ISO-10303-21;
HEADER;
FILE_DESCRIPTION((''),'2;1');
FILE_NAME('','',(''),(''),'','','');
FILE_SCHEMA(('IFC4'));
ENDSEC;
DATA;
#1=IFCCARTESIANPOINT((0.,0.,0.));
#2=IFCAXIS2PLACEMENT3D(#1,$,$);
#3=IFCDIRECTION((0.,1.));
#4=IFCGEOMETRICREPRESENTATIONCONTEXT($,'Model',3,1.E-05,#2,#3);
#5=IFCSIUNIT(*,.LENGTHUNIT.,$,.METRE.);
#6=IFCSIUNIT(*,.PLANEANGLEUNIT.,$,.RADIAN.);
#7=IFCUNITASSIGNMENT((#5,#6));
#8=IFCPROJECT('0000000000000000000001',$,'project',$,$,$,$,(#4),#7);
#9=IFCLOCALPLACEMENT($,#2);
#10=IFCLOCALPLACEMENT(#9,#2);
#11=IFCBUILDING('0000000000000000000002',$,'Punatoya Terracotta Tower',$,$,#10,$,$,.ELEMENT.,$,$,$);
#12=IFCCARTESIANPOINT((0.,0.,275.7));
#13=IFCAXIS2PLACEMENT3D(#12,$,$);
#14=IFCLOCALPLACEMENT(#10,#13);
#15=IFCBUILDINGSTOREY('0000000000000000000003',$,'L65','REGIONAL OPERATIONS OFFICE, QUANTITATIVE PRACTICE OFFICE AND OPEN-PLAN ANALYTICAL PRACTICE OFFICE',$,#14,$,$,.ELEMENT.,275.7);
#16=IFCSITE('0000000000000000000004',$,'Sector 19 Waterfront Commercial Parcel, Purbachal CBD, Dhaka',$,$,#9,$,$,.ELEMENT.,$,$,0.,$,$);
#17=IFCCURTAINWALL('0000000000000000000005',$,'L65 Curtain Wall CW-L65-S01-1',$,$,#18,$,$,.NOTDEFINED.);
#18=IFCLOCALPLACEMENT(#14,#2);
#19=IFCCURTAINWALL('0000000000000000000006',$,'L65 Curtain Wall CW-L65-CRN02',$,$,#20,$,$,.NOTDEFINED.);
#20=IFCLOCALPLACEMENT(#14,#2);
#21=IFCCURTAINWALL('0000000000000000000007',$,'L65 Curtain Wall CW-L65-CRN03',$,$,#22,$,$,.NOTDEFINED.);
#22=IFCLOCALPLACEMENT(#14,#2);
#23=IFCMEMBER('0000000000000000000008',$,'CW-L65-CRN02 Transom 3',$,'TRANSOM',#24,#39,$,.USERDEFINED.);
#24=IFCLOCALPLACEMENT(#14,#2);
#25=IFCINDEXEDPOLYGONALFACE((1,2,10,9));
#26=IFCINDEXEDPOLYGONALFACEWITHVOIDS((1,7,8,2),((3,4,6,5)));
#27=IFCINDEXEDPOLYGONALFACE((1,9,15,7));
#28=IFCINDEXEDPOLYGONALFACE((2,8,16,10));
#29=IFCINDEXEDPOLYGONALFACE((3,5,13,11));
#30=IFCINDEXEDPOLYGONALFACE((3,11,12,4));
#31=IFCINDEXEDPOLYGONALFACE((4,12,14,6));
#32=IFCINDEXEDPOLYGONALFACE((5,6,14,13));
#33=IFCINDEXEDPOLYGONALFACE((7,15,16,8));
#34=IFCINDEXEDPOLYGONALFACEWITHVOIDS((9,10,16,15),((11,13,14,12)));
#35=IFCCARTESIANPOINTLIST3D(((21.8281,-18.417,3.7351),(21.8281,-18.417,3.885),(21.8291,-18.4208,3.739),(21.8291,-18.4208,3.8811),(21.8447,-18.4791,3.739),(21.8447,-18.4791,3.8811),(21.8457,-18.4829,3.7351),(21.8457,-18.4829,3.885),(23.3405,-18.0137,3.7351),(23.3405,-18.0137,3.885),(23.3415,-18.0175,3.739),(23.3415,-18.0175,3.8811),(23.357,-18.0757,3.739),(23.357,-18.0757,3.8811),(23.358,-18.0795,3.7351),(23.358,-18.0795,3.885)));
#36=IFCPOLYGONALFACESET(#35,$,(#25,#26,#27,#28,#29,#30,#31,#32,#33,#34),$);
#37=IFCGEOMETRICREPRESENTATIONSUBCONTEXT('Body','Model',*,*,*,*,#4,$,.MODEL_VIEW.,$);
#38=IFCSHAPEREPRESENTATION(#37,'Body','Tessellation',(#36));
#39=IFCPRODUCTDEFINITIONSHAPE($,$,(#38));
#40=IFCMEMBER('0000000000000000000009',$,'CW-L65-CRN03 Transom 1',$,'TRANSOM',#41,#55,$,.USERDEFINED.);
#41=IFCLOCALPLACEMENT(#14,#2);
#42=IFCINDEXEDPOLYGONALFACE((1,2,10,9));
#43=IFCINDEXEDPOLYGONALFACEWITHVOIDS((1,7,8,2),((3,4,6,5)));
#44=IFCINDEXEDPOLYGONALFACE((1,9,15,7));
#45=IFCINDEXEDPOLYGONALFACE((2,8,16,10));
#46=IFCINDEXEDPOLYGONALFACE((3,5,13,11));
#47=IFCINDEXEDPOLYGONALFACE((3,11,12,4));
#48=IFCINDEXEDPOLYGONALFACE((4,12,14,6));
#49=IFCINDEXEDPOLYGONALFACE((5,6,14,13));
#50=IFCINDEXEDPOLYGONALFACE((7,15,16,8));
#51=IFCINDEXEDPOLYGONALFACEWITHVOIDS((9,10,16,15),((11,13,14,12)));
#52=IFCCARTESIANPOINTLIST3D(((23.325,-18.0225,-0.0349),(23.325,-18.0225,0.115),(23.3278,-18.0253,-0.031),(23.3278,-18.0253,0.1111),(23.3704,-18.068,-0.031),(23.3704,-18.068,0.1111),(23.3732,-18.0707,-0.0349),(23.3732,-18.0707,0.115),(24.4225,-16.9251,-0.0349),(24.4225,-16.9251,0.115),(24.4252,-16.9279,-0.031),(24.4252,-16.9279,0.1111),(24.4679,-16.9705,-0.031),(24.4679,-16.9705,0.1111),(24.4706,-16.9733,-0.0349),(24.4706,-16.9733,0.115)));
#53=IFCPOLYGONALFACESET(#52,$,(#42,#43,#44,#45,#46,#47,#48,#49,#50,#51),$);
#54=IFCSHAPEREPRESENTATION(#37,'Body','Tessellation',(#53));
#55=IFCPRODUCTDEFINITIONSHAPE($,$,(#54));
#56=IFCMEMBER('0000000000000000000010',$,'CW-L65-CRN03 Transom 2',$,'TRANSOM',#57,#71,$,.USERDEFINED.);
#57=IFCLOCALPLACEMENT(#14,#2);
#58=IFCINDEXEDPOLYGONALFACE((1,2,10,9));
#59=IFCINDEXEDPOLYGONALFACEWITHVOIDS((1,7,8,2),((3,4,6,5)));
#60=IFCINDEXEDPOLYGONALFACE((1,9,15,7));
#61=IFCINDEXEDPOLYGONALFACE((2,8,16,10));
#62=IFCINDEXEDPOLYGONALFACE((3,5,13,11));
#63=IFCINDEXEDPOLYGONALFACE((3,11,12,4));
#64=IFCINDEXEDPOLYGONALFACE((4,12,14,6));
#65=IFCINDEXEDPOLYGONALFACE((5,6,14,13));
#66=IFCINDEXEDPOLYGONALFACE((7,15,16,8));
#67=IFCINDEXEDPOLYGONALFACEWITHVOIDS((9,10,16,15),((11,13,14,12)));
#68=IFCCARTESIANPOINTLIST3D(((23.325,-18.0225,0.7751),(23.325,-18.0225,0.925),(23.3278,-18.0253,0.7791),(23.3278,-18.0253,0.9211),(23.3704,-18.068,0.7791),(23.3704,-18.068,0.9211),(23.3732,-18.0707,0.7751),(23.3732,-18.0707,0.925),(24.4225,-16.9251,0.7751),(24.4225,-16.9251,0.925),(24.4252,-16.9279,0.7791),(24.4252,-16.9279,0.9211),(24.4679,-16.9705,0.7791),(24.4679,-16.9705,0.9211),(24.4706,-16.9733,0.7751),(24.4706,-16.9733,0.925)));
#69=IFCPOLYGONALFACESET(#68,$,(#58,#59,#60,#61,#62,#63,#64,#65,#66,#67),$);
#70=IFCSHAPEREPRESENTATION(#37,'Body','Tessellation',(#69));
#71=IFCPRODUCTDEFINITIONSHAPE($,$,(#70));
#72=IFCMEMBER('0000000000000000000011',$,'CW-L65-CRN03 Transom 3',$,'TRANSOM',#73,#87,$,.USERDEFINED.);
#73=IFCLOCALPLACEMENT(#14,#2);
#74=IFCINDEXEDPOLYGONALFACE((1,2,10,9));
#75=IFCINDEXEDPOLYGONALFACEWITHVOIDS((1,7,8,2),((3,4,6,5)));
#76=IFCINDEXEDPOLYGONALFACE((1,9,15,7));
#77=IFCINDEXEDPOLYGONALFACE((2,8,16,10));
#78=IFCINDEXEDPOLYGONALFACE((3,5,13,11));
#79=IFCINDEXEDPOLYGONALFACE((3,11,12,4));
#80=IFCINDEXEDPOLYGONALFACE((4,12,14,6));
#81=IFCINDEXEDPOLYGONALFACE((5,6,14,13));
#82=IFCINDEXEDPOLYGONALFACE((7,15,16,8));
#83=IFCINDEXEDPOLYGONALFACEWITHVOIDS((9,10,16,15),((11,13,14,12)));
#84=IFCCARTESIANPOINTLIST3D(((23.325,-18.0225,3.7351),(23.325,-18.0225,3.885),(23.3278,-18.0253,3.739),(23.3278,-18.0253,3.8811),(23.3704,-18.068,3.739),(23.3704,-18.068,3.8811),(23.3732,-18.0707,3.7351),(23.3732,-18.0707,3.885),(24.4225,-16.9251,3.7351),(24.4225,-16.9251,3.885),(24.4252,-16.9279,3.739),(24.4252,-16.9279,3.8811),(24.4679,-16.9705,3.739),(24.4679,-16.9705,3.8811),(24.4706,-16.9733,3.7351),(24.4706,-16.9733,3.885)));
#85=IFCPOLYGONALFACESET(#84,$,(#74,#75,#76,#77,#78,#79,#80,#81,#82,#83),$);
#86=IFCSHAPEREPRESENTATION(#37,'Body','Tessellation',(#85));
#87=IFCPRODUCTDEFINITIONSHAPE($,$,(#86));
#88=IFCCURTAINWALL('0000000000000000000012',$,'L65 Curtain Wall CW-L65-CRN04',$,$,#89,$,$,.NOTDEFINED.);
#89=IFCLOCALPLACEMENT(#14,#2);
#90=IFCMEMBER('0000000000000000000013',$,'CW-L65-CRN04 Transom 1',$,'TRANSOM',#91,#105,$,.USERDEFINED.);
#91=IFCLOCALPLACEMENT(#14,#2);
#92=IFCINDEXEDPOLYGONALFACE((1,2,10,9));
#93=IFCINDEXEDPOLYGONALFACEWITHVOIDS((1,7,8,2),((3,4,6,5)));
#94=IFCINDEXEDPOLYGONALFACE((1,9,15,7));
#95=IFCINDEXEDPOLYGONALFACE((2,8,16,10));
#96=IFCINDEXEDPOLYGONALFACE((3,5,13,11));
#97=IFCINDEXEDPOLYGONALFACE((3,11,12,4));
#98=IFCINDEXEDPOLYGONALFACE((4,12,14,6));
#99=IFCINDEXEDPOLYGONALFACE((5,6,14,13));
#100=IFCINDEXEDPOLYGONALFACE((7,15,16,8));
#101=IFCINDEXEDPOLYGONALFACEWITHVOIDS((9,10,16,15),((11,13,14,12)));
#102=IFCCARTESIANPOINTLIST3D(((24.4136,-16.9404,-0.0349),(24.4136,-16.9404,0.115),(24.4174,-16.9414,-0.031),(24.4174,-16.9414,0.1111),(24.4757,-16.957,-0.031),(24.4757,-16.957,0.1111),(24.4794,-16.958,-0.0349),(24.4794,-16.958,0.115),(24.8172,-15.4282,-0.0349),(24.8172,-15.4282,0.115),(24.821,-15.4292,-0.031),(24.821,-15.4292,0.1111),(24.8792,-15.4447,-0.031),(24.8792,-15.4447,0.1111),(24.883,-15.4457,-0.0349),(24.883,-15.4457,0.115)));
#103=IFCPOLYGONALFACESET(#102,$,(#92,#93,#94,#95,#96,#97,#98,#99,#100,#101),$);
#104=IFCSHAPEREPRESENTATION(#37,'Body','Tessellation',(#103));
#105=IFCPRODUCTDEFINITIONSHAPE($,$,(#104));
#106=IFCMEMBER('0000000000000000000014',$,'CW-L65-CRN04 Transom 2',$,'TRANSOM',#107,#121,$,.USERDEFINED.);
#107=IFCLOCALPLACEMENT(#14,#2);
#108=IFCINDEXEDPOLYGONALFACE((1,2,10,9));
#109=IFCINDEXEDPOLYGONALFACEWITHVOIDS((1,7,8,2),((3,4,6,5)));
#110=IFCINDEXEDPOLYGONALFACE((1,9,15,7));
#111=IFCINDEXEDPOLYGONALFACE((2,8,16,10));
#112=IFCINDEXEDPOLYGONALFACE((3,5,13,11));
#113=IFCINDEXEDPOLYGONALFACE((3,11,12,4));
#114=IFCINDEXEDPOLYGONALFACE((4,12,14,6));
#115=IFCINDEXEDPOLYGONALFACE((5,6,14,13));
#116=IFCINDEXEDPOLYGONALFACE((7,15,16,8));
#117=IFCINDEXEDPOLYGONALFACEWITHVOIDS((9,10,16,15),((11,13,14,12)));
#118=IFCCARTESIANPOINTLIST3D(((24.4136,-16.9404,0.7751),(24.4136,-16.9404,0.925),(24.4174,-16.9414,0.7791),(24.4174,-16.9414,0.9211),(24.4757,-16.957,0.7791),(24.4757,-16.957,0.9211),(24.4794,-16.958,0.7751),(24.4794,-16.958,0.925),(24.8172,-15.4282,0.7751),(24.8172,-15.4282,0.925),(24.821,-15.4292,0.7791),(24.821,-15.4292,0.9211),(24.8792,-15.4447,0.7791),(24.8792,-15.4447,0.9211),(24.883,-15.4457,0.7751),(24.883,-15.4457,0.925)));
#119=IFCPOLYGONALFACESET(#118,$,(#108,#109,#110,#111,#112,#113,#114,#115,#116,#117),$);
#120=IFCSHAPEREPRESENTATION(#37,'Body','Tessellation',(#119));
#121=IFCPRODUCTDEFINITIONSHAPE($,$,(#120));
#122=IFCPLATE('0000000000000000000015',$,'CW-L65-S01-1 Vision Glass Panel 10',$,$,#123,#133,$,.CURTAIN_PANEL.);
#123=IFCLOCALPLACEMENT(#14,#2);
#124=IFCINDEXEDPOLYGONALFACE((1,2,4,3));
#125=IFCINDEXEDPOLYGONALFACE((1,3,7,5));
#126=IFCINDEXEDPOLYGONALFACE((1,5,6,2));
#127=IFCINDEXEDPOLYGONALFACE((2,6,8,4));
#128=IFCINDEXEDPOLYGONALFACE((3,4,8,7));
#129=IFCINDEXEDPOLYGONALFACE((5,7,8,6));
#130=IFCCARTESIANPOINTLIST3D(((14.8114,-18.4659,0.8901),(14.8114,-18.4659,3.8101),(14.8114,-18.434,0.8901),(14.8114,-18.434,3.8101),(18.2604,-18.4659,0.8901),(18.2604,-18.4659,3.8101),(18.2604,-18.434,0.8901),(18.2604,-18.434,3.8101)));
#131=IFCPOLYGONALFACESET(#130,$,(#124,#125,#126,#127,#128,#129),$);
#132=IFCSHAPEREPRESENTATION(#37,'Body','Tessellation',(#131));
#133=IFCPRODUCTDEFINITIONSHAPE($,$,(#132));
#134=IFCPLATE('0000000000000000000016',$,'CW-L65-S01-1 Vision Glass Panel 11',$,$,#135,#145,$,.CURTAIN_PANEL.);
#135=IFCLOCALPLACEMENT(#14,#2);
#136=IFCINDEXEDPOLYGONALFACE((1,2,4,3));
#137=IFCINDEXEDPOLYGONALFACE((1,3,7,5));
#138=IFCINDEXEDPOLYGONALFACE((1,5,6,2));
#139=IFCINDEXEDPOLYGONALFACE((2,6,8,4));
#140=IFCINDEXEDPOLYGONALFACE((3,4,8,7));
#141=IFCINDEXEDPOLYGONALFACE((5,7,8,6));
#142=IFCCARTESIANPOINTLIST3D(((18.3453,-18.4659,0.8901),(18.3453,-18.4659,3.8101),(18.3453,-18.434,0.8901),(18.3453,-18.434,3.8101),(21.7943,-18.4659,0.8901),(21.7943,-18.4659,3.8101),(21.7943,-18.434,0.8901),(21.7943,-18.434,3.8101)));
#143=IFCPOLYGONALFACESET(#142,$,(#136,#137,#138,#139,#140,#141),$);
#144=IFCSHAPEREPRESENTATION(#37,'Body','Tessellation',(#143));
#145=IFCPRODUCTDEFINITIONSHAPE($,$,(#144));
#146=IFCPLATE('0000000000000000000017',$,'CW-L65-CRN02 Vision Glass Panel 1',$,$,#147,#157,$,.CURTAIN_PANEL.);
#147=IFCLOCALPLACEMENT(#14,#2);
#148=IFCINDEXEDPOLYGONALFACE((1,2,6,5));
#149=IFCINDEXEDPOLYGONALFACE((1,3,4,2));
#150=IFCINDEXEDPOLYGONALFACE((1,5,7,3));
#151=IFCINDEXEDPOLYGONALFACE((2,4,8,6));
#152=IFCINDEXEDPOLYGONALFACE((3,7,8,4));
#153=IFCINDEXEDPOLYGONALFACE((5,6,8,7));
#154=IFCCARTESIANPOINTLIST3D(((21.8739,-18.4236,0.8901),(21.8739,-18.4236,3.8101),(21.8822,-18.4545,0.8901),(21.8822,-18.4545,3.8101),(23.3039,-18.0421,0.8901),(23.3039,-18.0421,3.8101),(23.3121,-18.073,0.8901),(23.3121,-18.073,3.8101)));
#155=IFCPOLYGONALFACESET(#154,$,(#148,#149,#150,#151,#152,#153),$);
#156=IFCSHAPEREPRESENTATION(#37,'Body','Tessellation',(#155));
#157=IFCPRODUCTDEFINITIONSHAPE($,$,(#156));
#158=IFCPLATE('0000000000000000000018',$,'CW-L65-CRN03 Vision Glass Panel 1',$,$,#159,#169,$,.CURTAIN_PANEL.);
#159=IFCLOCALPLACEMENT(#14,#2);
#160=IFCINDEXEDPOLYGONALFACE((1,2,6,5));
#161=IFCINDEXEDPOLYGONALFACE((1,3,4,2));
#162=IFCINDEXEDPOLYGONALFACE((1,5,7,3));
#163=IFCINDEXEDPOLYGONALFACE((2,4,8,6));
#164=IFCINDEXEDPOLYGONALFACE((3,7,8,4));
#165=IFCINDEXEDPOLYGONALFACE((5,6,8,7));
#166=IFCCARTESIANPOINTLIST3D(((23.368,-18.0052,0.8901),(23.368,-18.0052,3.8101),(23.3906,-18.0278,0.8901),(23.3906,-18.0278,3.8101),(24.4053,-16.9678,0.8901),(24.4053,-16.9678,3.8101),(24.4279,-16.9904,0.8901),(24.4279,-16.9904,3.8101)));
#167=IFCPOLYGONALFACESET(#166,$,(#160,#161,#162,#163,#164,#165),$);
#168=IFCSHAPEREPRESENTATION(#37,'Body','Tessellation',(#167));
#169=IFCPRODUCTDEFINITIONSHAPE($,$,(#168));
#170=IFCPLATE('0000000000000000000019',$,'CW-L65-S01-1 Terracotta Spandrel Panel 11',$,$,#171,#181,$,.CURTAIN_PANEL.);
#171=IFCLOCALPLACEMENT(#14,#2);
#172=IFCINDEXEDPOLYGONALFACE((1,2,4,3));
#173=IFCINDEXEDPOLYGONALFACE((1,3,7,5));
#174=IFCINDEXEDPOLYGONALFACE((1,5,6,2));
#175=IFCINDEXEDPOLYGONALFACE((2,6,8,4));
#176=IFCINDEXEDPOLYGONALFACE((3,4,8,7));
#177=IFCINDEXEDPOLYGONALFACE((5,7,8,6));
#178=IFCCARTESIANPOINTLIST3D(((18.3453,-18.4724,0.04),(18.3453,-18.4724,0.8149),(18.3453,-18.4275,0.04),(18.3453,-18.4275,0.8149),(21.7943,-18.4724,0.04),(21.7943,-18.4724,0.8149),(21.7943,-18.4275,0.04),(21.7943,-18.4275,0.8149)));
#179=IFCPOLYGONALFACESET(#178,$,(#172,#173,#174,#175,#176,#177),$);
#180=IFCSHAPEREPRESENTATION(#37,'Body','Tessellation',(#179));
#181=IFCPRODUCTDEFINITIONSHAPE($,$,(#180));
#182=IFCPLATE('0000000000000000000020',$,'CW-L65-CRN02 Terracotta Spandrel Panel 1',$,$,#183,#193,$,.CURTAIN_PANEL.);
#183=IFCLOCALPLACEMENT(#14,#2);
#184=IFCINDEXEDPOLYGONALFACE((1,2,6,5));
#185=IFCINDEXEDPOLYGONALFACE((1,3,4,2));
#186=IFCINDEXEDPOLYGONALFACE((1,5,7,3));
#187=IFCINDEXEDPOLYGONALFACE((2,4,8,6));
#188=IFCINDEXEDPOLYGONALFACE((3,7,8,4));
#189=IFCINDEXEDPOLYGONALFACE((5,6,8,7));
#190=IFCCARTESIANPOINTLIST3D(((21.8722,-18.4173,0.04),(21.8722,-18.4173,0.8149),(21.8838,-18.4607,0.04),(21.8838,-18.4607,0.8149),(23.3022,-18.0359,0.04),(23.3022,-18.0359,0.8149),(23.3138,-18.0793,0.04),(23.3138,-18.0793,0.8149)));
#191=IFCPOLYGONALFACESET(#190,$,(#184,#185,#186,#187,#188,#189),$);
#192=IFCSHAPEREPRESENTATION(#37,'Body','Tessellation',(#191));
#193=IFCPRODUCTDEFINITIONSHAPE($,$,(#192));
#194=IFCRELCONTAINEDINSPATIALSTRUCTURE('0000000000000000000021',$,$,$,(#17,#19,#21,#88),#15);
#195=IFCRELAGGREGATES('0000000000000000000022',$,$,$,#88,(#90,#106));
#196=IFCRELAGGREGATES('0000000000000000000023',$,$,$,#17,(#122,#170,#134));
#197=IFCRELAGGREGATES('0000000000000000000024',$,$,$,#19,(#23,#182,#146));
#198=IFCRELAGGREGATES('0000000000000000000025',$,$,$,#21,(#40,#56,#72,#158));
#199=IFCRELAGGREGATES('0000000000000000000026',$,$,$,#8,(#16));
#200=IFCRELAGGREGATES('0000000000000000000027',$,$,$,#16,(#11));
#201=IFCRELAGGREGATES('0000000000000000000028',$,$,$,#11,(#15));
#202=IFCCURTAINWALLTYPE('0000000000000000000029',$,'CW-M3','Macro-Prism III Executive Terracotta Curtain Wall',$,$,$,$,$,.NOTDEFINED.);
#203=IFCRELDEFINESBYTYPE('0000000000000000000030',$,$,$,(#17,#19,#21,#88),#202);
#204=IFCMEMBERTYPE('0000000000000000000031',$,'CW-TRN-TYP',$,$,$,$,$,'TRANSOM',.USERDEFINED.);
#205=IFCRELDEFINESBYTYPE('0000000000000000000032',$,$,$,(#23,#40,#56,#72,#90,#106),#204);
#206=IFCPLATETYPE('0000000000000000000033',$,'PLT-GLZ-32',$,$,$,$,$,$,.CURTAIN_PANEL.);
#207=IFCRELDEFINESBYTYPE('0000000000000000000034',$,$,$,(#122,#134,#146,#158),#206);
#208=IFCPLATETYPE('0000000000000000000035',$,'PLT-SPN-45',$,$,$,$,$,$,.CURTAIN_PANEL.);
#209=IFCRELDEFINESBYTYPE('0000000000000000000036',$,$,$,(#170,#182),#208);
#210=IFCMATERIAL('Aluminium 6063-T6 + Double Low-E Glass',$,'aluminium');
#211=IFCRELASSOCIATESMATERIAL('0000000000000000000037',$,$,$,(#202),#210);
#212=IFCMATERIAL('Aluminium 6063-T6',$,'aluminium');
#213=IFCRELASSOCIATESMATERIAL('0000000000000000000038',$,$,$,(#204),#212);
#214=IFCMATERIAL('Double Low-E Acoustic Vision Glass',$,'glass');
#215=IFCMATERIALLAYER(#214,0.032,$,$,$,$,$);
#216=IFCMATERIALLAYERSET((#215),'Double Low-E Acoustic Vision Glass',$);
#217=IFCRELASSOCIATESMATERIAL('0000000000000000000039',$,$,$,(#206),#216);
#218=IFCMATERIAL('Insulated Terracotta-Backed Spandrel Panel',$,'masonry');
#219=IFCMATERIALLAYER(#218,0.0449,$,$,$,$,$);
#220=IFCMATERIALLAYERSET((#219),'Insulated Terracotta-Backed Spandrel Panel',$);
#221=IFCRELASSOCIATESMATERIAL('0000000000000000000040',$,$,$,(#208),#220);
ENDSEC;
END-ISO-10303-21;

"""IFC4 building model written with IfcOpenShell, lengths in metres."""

from ifc_helpers import new_model, si_unit, direction, frame, origin, origin_2d, place, context, subcontext, project, spatial, rectangle, hollow_rectangle, extrude, material, layer, layer_set, material_profile, profile_set, type_object, element, aggregate, save


model = new_model("IFC4")

# Units and contexts
model_context = context("Model", 3, precision=1e-05, world=origin(), true_north=direction((0.0, 1.0)))
body_context = subcontext(model_context, "Body", "Model", "MODEL_VIEW")
ifc_project = project(units=[si_unit("LENGTHUNIT", "METRE"), si_unit("PLANEANGLEUNIT", "RADIAN")], contexts=[model_context])

# Site, building, storey
site_placement = place(None, origin())
site = spatial("IfcSite", under=ifc_project, at=site_placement, Name="Sector 19 Waterfront Commercial Parcel, Purbachal CBD, Dhaka", CompositionType="ELEMENT", RefElevation=0.0)
building_placement = place(site_placement, origin())
building = spatial("IfcBuilding", under=site, at=building_placement, Name="Punatoya Terracotta Tower", CompositionType="ELEMENT")
storey_placement = place(building_placement, frame((0.0, 0.0, 275.7)))
storey = spatial("IfcBuildingStorey", under=building, at=storey_placement, Name="L65", Description="REGIONAL OPERATIONS OFFICE, QUANTITATIVE PRACTICE OFFICE AND OPEN-PLAN ANALYTICAL PRACTICE OFFICE", CompositionType="ELEMENT", Elevation=275.7)

# Curtain walls
ifc_material_1 = material(Name="Aluminium 6063-T6 + Double Low-E Glass", Category="aluminium")
curtain_wall_type = type_object("IfcCurtainWallType", Name="CW-M3", Description="Macro-Prism III Executive Terracotta Curtain Wall", PredefinedType="NOTDEFINED", material=ifc_material_1)
curtain_wall_1_placement = place(storey_placement, origin())
curtain_wall_1 = element("IfcCurtainWall", 1, at=curtain_wall_1_placement, inside=storey, type_object=curtain_wall_type, Name="L65 Curtain Wall CW-L65-S01-1", PredefinedType="NOTDEFINED")
ifc_material_2 = material(Name="Aluminium 6063-T6", Category="aluminium")
curtain_wall_2_placement = place(storey_placement, origin())
curtain_wall_2 = element("IfcCurtainWall", 2, at=curtain_wall_2_placement, inside=storey, type_object=curtain_wall_type, Name="L65 Curtain Wall CW-L65-CRN02", PredefinedType="NOTDEFINED")
curtain_wall_3_placement = place(storey_placement, origin())
curtain_wall_3 = element("IfcCurtainWall", 3, at=curtain_wall_3_placement, inside=storey, type_object=curtain_wall_type, Name="L65 Curtain Wall CW-L65-CRN03", PredefinedType="NOTDEFINED")

# Members
ifc_material_profile_1 = material_profile(ifc_material_2, hollow_rectangle(XDim=0.0681, YDim=0.1499, WallThickness=0.0039, at=origin_2d()))
ifc_profile_set_1 = profile_set([ifc_material_profile_1], Name="Aluminium 6063-T6")
member_type_1 = type_object("IfcMemberType", Name="CW-TRN-TYP", ElementType="TRANSOM", PredefinedType="USERDEFINED", material=ifc_profile_set_1)
member_1_placement = place(storey_placement, frame((21.8369, -18.45, 3.8101), z_axis=(0.966225, 0.257701, 0.0), x_axis=(-0.257701, 0.966225, 0.0)))
member_1 = element("IfcMember", 4, at=member_1_placement, type_object=member_type_1, Name="CW-L65-CRN02 Transom 3", ObjectType="TRANSOM", PredefinedType="USERDEFINED", context=body_context, shape_type="SweptSolid", body=[
    extrude(hollow_rectangle(XDim=0.0681, YDim=0.1499, WallThickness=0.0039, at=origin_2d()), origin(), (0.0, 0.0, 1.0), 1.5652),
])
member_2_placement = place(storey_placement, frame((23.3491, -18.0466, 0.04), z_axis=(0.707107, 0.707107, 0.0), x_axis=(-0.707107, 0.707107, 0.0)))
member_2 = element("IfcMember", 5, at=member_2_placement, type_object=member_type_1, Name="CW-L65-CRN03 Transom 1", ObjectType="TRANSOM", PredefinedType="USERDEFINED", context=body_context, shape_type="SweptSolid", body=[
    extrude(hollow_rectangle(XDim=0.0681, YDim=0.1499, WallThickness=0.0039, at=origin_2d()), origin(), (0.0, 0.0, 1.0), 1.552),
])
member_3_placement = place(storey_placement, frame((23.3491, -18.0466, 0.8501), z_axis=(0.707107, 0.707107, 0.0), x_axis=(-0.707107, 0.707107, 0.0)))
member_3 = element("IfcMember", 6, at=member_3_placement, type_object=member_type_1, Name="CW-L65-CRN03 Transom 2", ObjectType="TRANSOM", PredefinedType="USERDEFINED", context=body_context, shape_type="SweptSolid", body=[
    extrude(hollow_rectangle(XDim=0.0681, YDim=0.1499, WallThickness=0.0039, at=origin_2d()), origin(), (0.0, 0.0, 1.0), 1.552),
])
member_4_placement = place(storey_placement, frame((23.3491, -18.0466, 3.8101), z_axis=(0.707107, 0.707107, 0.0), x_axis=(-0.707107, 0.707107, 0.0)))
member_4 = element("IfcMember", 7, at=member_4_placement, type_object=member_type_1, Name="CW-L65-CRN03 Transom 3", ObjectType="TRANSOM", PredefinedType="USERDEFINED", context=body_context, shape_type="SweptSolid", body=[
    extrude(hollow_rectangle(XDim=0.0681, YDim=0.1499, WallThickness=0.0039, at=origin_2d()), origin(), (0.0, 0.0, 1.0), 1.552),
])

# Curtain wall, members
curtain_wall_4_placement = place(storey_placement, origin())
curtain_wall_4 = element("IfcCurtainWall", 8, at=curtain_wall_4_placement, inside=storey, type_object=curtain_wall_type, Name="L65 Curtain Wall CW-L65-CRN04", PredefinedType="NOTDEFINED")
member_5_placement = place(storey_placement, frame((24.4465, -16.9492, 0.04), z_axis=(0.257847, 0.966186, 0.0), x_axis=(-0.966186, 0.257847, 0.0)))
member_5 = element("IfcMember", 9, at=member_5_placement, type_object=member_type_1, Name="CW-L65-CRN04 Transom 1", ObjectType="TRANSOM", PredefinedType="USERDEFINED", context=body_context, shape_type="SweptSolid", body=[
    extrude(hollow_rectangle(XDim=0.0681, YDim=0.1499, WallThickness=0.0039, at=origin_2d()), origin(), (0.0, 0.0, 1.0), 1.5652),
])
member_6_placement = place(storey_placement, frame((24.4465, -16.9492, 0.8501), z_axis=(0.257847, 0.966186, 0.0), x_axis=(-0.966186, 0.257847, 0.0)))
member_6 = element("IfcMember", 10, at=member_6_placement, type_object=member_type_1, Name="CW-L65-CRN04 Transom 2", ObjectType="TRANSOM", PredefinedType="USERDEFINED", context=body_context, shape_type="SweptSolid", body=[
    extrude(hollow_rectangle(XDim=0.0681, YDim=0.1499, WallThickness=0.0039, at=origin_2d()), origin(), (0.0, 0.0, 1.0), 1.5652),
])
aggregate(curtain_wall_4, [member_5, member_6])

# Plates
ifc_material_3 = material(Name="Double Low-E Acoustic Vision Glass", Category="glass")
ifc_layer_1 = layer(ifc_material_3, 0.032)
ifc_layer_set_1 = layer_set([ifc_layer_1], Name="Double Low-E Acoustic Vision Glass")
plate_type_1 = type_object("IfcPlateType", Name="PLT-GLZ-32", PredefinedType="CURTAIN_PANEL", material=ifc_layer_set_1)
plate_1_placement = place(storey_placement, frame((16.5359, -18.45, 0.8901), z_axis=(0.0, 0.0, 1.0), x_axis=(1.0, 0.0, 0.0)))
plate_1 = element("IfcPlate", 11, at=plate_1_placement, type_object=plate_type_1, Name="CW-L65-S01-1 Vision Glass Panel 10", PredefinedType="CURTAIN_PANEL", context=body_context, shape_type="SweptSolid", body=[
    extrude(rectangle(XDim=3.449, YDim=0.032, at=origin_2d()), origin(), (0.0, 0.0, 1.0), 2.9199),
])
plate_2_placement = place(storey_placement, frame((20.0698, -18.45, 0.8901), z_axis=(0.0, 0.0, 1.0), x_axis=(1.0, 0.0, 0.0)))
plate_2 = element("IfcPlate", 12, at=plate_2_placement, type_object=plate_type_1, Name="CW-L65-S01-1 Vision Glass Panel 11", PredefinedType="CURTAIN_PANEL", context=body_context, shape_type="SweptSolid", body=[
    extrude(rectangle(XDim=3.449, YDim=0.032, at=origin_2d()), origin(), (0.0, 0.0, 1.0), 2.9199),
])
plate_3_placement = place(storey_placement, frame((22.593, -18.2483, 0.8901), z_axis=(0.0, 0.0, 1.0), x_axis=(0.966214, 0.257742, 0.0)))
plate_3 = element("IfcPlate", 13, at=plate_3_placement, type_object=plate_type_1, Name="CW-L65-CRN02 Vision Glass Panel 1", PredefinedType="CURTAIN_PANEL", context=body_context, shape_type="SweptSolid", body=[
    extrude(rectangle(XDim=1.48, YDim=0.032, at=origin_2d()), origin(), (0.0, 0.0, 1.0), 2.9199),
])
plate_4_placement = place(storey_placement, frame((23.8979, -17.4978, 0.8901), z_axis=(0.0, 0.0, 1.0), x_axis=(0.707107, 0.707107, 0.0)))
plate_4 = element("IfcPlate", 14, at=plate_4_placement, type_object=plate_type_1, Name="CW-L65-CRN03 Vision Glass Panel 1", PredefinedType="CURTAIN_PANEL", context=body_context, shape_type="SweptSolid", body=[
    extrude(rectangle(XDim=1.467, YDim=0.032, at=origin_2d()), origin(), (0.0, 0.0, 1.0), 2.9199),
])
ifc_material_4 = material(Name="Insulated Terracotta-Backed Spandrel Panel", Category="masonry")
ifc_layer_2 = layer(ifc_material_4, 0.0449)
ifc_layer_set_2 = layer_set([ifc_layer_2], Name="Insulated Terracotta-Backed Spandrel Panel")
plate_type_2 = type_object("IfcPlateType", Name="PLT-SPN-45", PredefinedType="CURTAIN_PANEL", material=ifc_layer_set_2)
plate_5_placement = place(storey_placement, frame((20.0698, -18.45, 0.04), z_axis=(0.0, 0.0, 1.0), x_axis=(1.0, 0.0, 0.0)))
plate_5 = element("IfcPlate", 15, at=plate_5_placement, type_object=plate_type_2, Name="CW-L65-S01-1 Terracotta Spandrel Panel 11", PredefinedType="CURTAIN_PANEL", context=body_context, shape_type="SweptSolid", body=[
    extrude(rectangle(XDim=3.449, YDim=0.0449, at=origin_2d()), origin(), (0.0, 0.0, 1.0), 0.7749),
])
aggregate(curtain_wall_1, [plate_1, plate_5, plate_2])
plate_6_placement = place(storey_placement, frame((22.593, -18.2483, 0.04), z_axis=(0.0, 0.0, 1.0), x_axis=(0.966214, 0.257742, 0.0)))
plate_6 = element("IfcPlate", 16, at=plate_6_placement, type_object=plate_type_2, Name="CW-L65-CRN02 Terracotta Spandrel Panel 1", PredefinedType="CURTAIN_PANEL", context=body_context, shape_type="SweptSolid", body=[
    extrude(rectangle(XDim=1.48, YDim=0.0449, at=origin_2d()), origin(), (0.0, 0.0, 1.0), 0.7749),
])
aggregate(curtain_wall_2, [member_1, plate_6, plate_3])
aggregate(curtain_wall_3, [member_2, member_3, member_4, plate_4])

save(model, "model.ifc")
